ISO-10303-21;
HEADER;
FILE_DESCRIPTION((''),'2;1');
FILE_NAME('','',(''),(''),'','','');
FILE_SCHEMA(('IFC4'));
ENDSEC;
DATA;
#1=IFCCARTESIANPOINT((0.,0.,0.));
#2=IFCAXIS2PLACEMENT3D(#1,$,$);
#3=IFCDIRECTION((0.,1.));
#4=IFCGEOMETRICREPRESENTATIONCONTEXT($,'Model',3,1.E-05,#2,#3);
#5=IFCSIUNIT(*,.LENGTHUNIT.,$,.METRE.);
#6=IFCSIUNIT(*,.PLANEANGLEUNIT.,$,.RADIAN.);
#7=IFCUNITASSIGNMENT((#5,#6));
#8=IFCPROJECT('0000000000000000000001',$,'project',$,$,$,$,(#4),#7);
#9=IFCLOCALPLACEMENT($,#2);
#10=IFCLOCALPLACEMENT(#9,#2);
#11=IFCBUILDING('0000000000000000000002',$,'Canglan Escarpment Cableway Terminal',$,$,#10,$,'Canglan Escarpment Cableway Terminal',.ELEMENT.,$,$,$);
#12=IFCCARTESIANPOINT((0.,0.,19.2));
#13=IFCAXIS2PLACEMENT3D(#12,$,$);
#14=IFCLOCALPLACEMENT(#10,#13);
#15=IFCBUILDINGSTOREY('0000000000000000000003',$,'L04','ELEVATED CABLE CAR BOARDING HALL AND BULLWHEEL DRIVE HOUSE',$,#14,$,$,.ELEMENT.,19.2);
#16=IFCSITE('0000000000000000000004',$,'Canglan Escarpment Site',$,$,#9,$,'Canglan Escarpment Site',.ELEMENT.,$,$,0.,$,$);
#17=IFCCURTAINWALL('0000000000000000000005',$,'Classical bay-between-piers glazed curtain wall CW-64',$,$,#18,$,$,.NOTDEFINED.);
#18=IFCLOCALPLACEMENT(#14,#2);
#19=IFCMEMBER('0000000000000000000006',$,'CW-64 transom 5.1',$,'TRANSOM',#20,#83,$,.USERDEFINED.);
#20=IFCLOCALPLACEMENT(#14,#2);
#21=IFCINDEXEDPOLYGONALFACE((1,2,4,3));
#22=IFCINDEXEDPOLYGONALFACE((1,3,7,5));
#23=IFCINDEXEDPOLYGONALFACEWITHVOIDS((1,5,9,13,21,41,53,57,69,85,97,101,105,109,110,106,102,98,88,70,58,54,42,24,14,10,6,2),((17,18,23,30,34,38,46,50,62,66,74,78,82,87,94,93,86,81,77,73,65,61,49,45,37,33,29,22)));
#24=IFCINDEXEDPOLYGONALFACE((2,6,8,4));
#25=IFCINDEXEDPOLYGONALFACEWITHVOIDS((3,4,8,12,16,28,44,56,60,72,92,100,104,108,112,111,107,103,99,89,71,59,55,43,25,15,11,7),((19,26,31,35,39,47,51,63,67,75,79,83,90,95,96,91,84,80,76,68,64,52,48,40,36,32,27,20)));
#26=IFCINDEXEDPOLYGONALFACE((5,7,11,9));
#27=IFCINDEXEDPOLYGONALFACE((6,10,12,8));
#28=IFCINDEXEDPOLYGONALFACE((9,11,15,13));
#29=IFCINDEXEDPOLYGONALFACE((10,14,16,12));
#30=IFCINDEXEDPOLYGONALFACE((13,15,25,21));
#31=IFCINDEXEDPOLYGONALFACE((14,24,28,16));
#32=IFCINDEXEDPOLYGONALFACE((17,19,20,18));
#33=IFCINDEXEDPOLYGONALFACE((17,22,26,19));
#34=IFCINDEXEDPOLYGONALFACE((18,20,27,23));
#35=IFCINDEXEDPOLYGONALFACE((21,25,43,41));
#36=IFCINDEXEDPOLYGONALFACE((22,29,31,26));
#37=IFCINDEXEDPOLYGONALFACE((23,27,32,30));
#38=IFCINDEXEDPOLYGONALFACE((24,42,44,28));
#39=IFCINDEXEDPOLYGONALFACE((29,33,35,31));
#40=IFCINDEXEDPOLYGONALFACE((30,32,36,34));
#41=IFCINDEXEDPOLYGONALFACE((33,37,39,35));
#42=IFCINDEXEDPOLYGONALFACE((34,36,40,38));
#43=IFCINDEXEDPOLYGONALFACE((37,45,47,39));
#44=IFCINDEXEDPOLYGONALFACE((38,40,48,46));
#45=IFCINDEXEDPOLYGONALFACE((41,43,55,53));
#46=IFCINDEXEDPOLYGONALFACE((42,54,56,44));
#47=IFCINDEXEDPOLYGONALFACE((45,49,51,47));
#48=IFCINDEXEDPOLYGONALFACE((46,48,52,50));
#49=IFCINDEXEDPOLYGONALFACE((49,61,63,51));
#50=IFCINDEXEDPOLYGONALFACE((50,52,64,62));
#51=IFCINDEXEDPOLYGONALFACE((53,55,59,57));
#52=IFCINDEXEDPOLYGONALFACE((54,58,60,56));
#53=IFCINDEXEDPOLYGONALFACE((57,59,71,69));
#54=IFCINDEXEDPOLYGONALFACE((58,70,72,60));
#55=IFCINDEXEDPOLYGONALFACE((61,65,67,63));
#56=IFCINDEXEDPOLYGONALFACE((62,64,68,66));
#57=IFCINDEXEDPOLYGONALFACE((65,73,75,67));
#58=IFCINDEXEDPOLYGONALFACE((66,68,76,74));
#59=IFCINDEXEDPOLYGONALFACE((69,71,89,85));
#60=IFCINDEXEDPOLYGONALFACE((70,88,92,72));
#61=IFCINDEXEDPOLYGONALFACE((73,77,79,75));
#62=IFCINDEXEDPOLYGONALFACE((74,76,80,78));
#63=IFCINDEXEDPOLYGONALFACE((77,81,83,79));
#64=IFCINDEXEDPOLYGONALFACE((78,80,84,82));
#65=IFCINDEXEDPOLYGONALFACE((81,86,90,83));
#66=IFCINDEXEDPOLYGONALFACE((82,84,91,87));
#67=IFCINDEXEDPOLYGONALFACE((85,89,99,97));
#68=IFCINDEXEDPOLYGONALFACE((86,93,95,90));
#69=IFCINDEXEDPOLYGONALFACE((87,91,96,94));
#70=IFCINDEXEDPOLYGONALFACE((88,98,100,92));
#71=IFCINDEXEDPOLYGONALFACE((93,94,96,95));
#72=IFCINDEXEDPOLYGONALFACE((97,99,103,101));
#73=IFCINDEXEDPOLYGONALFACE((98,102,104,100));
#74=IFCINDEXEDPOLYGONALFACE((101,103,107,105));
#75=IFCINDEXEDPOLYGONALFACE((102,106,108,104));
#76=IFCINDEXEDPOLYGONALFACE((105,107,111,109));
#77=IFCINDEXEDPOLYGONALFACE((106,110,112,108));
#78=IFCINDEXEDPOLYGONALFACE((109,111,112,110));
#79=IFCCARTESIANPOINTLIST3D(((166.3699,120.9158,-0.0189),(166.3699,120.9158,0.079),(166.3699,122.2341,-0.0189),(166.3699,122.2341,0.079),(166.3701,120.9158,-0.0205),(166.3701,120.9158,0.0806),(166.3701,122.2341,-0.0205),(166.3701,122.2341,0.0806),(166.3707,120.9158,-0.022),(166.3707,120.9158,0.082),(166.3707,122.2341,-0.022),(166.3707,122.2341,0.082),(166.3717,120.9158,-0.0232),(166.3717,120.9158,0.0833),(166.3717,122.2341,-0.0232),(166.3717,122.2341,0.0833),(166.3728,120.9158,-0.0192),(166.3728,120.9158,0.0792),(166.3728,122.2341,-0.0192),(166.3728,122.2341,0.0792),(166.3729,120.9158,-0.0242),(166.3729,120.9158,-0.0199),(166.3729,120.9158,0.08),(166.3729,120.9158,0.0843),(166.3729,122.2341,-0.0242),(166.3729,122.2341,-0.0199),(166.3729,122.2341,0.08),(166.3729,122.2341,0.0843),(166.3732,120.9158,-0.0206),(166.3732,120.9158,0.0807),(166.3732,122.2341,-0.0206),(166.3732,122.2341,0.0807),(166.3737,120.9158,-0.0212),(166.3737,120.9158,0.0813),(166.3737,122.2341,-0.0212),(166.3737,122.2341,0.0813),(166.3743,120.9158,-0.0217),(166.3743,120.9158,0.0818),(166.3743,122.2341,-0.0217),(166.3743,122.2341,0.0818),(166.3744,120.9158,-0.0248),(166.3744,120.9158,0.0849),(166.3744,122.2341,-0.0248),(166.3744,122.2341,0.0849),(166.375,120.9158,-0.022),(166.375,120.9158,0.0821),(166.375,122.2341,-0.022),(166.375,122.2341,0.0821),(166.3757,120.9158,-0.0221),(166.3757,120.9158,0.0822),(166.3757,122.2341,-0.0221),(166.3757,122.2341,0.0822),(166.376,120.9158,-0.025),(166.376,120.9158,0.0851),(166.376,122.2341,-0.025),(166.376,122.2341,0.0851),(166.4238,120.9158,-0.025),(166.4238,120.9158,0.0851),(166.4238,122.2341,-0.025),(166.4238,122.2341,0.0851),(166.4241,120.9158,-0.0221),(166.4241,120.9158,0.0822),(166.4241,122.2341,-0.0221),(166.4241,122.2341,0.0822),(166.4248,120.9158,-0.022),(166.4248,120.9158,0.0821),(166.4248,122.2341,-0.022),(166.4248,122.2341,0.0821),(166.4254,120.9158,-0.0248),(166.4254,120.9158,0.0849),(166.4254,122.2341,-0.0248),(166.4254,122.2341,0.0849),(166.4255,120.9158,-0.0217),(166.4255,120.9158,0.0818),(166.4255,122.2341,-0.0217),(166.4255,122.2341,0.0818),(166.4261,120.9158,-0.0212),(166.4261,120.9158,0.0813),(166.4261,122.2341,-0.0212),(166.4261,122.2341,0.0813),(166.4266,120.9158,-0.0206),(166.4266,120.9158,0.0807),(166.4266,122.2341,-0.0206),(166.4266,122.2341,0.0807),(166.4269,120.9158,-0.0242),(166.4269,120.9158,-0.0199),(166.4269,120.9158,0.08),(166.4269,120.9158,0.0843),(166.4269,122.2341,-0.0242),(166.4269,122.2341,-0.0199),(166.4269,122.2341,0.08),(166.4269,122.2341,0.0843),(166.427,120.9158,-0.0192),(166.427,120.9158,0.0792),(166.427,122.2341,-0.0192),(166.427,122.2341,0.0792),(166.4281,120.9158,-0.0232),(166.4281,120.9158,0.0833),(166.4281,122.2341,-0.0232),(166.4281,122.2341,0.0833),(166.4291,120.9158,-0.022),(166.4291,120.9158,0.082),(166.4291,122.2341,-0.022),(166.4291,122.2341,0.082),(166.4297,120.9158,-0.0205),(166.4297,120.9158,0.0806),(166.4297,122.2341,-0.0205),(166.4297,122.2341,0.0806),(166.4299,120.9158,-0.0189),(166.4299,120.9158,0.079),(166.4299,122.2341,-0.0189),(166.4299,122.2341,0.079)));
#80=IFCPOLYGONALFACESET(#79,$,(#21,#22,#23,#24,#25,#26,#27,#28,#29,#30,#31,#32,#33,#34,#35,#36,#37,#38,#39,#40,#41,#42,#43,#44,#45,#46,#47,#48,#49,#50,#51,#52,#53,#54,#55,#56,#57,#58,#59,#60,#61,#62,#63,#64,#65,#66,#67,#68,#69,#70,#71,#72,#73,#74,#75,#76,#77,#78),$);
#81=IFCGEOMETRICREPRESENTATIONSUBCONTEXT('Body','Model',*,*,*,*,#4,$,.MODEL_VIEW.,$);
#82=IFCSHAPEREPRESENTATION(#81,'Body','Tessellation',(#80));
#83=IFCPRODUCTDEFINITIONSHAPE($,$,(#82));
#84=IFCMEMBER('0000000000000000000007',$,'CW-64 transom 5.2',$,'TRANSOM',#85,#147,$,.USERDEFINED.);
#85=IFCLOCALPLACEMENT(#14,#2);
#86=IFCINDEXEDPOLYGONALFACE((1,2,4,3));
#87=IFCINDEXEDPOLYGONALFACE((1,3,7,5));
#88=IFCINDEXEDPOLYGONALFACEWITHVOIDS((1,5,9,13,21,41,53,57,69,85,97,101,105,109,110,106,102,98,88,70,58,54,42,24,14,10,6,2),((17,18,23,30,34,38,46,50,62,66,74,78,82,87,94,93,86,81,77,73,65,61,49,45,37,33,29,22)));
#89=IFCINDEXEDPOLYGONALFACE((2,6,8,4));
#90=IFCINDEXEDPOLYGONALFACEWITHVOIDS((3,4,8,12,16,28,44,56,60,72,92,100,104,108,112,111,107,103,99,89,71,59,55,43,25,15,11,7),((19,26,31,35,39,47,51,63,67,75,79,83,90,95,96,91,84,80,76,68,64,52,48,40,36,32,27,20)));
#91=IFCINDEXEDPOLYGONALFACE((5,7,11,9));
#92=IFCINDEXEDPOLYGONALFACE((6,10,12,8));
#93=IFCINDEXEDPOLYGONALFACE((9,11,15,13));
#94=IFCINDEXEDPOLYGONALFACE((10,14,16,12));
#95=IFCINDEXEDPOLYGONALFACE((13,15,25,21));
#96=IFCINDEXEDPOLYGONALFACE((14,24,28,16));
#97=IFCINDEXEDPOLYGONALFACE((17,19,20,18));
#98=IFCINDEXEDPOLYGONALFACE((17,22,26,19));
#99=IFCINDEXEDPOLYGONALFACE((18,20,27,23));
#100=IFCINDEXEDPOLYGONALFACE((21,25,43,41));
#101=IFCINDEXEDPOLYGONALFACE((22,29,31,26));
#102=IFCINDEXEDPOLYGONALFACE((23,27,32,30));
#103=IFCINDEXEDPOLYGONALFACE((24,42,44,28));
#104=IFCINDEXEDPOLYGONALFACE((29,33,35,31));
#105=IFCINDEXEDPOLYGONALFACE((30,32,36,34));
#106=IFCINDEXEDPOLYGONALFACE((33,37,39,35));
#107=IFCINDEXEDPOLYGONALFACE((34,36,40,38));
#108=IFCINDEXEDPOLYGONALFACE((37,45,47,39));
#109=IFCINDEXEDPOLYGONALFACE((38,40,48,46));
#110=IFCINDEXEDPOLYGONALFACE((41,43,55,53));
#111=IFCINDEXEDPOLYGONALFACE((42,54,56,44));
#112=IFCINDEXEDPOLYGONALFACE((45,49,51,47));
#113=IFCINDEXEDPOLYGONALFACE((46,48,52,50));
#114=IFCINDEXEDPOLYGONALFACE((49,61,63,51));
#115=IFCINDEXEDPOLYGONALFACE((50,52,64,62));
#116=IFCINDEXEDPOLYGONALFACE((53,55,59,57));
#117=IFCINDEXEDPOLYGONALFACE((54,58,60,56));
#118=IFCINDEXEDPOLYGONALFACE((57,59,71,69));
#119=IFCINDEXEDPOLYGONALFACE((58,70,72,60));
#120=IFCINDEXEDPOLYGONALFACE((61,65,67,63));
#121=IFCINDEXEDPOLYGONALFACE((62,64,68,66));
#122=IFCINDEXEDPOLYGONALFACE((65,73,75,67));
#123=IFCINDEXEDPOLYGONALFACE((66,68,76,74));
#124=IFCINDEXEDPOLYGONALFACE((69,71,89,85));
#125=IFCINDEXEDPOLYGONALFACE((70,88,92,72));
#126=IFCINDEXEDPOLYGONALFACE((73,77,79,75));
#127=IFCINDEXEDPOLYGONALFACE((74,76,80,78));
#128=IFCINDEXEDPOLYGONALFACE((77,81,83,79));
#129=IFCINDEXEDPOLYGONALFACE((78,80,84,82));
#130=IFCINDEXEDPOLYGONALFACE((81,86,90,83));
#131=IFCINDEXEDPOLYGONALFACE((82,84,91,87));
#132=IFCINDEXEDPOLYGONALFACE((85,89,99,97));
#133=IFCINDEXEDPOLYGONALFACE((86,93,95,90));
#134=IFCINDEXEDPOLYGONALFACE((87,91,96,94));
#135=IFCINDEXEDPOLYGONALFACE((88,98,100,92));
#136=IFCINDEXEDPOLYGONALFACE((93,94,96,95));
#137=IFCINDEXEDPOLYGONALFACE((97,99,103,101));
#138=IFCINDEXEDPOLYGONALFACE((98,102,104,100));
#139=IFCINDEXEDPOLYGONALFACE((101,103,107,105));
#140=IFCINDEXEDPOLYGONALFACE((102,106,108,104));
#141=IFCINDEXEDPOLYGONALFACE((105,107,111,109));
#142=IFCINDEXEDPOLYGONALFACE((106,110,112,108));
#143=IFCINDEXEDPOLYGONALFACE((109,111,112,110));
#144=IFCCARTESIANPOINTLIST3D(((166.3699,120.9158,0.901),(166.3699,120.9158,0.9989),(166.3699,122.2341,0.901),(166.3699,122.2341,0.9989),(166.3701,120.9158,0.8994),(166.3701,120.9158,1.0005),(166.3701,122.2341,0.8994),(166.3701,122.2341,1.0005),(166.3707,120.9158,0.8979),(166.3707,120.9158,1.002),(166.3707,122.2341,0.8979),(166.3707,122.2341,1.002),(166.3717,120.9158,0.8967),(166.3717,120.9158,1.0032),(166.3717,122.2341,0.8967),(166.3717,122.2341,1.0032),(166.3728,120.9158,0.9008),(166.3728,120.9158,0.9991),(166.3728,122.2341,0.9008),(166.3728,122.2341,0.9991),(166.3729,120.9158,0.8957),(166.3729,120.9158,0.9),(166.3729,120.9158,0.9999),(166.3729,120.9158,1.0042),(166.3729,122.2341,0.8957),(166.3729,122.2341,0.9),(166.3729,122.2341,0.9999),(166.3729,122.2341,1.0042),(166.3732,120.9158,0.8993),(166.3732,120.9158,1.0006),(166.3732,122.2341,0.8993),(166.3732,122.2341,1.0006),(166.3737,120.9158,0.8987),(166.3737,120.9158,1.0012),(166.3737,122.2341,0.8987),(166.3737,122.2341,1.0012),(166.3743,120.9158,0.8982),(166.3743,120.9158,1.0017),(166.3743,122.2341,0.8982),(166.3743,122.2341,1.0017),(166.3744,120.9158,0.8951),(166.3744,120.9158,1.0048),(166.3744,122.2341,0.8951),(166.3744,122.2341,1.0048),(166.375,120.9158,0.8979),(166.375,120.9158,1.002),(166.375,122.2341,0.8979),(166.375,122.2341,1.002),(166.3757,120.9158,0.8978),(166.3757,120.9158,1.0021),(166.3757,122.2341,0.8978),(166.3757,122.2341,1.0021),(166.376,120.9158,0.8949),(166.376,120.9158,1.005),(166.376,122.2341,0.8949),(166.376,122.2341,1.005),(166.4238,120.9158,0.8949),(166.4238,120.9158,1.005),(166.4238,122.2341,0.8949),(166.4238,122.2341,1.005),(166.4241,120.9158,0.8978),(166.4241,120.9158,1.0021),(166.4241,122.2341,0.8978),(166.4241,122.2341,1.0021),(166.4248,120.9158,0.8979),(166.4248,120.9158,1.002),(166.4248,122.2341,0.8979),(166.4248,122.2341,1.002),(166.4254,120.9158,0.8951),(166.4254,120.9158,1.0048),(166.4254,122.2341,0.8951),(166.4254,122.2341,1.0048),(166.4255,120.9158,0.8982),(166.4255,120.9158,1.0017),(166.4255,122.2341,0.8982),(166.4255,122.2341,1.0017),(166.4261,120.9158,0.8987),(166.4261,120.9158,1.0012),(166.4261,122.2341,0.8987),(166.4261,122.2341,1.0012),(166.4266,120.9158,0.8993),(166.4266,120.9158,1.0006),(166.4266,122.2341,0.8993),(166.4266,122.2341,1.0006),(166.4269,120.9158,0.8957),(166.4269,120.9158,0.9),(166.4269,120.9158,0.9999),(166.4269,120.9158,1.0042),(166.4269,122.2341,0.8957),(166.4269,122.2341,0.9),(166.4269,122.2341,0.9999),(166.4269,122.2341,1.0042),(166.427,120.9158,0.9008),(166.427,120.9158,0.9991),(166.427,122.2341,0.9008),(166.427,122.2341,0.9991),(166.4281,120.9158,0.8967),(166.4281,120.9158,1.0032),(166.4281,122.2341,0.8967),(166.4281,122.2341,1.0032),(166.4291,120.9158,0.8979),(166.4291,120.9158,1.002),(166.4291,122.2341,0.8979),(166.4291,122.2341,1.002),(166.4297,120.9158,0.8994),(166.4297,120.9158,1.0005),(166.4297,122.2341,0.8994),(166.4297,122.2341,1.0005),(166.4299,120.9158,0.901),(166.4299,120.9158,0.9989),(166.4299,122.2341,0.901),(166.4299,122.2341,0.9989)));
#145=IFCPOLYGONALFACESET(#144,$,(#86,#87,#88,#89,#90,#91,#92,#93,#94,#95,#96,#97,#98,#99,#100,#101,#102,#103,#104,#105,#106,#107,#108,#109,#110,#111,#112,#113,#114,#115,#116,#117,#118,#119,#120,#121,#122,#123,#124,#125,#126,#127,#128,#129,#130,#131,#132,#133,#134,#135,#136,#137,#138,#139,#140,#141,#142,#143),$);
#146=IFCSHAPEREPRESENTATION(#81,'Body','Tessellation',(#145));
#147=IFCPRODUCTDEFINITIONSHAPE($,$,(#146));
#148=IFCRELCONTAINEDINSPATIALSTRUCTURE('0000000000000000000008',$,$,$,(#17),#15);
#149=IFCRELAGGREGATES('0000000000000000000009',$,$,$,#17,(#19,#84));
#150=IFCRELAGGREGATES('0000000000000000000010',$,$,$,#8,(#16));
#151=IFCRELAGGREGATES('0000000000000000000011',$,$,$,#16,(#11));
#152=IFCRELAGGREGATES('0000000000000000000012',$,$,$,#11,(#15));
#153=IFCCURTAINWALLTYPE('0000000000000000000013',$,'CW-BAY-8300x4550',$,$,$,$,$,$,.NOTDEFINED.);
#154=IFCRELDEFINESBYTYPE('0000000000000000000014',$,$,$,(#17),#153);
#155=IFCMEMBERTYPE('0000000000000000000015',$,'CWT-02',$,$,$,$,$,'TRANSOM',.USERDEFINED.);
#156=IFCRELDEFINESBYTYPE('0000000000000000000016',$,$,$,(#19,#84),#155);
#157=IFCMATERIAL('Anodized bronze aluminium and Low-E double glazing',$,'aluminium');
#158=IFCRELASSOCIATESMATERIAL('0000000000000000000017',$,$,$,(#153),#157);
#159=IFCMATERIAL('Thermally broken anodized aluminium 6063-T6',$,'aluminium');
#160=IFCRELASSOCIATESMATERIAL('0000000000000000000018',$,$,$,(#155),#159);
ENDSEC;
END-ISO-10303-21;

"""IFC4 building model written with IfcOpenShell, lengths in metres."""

from ifc_helpers import new_model, si_unit, direction, frame, origin, origin_2d, place, context, subcontext, project, spatial, hollow_rectangle, extrude, material, material_profile, profile_set, type_object, element, aggregate, save


model = new_model("IFC4")

# Units and contexts
model_context = context("Model", 3, precision=1e-05, world=origin(), true_north=direction((0.0, 1.0)))
body_context = subcontext(model_context, "Body", "Model", "MODEL_VIEW")
ifc_project = project(units=[si_unit("LENGTHUNIT", "METRE"), si_unit("PLANEANGLEUNIT", "RADIAN")], contexts=[model_context])

# Site, building, storey
site_placement = place(None, origin())
site = spatial("IfcSite", under=ifc_project, at=site_placement, Name="Canglan Escarpment Site", LongName="Canglan Escarpment Site", CompositionType="ELEMENT", RefElevation=0.0)
building_placement = place(site_placement, origin())
building = spatial("IfcBuilding", under=site, at=building_placement, Name="Canglan Escarpment Cableway Terminal", LongName="Canglan Escarpment Cableway Terminal", CompositionType="ELEMENT")
storey_placement = place(building_placement, frame((0.0, 0.0, 19.2)))
storey = spatial("IfcBuildingStorey", under=building, at=storey_placement, Name="L04", Description="ELEVATED CABLE CAR BOARDING HALL AND BULLWHEEL DRIVE HOUSE", CompositionType="ELEMENT", Elevation=19.2)

# Curtain wall, members
ifc_material_1 = material(Name="Anodized bronze aluminium and Low-E double glazing", Category="aluminium")
curtain_wall_type = type_object("IfcCurtainWallType", Name="CW-BAY-8300x4550", PredefinedType="NOTDEFINED", material=ifc_material_1)
curtain_wall_placement = place(storey_placement, origin())
curtain_wall = element("IfcCurtainWall", 1, at=curtain_wall_placement, inside=storey, type_object=curtain_wall_type, Name="Classical bay-between-piers glazed curtain wall CW-64", PredefinedType="NOTDEFINED")
ifc_material_2 = material(Name="Thermally broken anodized aluminium 6063-T6", Category="aluminium")
ifc_material_profile_1 = material_profile(ifc_material_2, hollow_rectangle(XDim=0.0601, YDim=0.1101, WallThickness=0.0029, InnerFilletRadius=0.0029, OuterFilletRadius=0.0061, at=origin_2d()), Name="ALU-TRAN 60x110x3")
ifc_profile_set_1 = profile_set([ifc_material_profile_1], Name="Thermally broken anodized aluminium 6063-T6")
member_type_1 = type_object("IfcMemberType", Name="CWT-02", ElementType="TRANSOM", PredefinedType="USERDEFINED", material=ifc_profile_set_1)
member_1_placement = place(storey_placement, frame((166.3999, 120.9158, 0.03), z_axis=(0.0, 1.0, 0.0), x_axis=(-1.0, 0.0, 0.0)))
member_1 = element("IfcMember", 2, at=member_1_placement, type_object=member_type_1, Name="CW-64 transom 5.1", ObjectType="TRANSOM", PredefinedType="USERDEFINED", context=body_context, shape_type="SweptSolid", body=[
    extrude(hollow_rectangle(XDim=0.0601, YDim=0.1101, WallThickness=0.0029, InnerFilletRadius=0.0029, OuterFilletRadius=0.0061, at=origin_2d()), origin(), (0.0, 0.0, 1.0), 1.3184),
])
member_2_placement = place(storey_placement, frame((166.3999, 120.9158, 0.95), z_axis=(0.0, 1.0, 0.0), x_axis=(-1.0, 0.0, 0.0)))
member_2 = element("IfcMember", 3, at=member_2_placement, type_object=member_type_1, Name="CW-64 transom 5.2", ObjectType="TRANSOM", PredefinedType="USERDEFINED", context=body_context, shape_type="SweptSolid", body=[
    extrude(hollow_rectangle(XDim=0.0601, YDim=0.1101, WallThickness=0.0029, InnerFilletRadius=0.0029, OuterFilletRadius=0.0061, at=origin_2d()), origin(), (0.0, 0.0, 1.0), 1.3184),
])
aggregate(curtain_wall, [member_1, member_2])

save(model, "model.ifc")
